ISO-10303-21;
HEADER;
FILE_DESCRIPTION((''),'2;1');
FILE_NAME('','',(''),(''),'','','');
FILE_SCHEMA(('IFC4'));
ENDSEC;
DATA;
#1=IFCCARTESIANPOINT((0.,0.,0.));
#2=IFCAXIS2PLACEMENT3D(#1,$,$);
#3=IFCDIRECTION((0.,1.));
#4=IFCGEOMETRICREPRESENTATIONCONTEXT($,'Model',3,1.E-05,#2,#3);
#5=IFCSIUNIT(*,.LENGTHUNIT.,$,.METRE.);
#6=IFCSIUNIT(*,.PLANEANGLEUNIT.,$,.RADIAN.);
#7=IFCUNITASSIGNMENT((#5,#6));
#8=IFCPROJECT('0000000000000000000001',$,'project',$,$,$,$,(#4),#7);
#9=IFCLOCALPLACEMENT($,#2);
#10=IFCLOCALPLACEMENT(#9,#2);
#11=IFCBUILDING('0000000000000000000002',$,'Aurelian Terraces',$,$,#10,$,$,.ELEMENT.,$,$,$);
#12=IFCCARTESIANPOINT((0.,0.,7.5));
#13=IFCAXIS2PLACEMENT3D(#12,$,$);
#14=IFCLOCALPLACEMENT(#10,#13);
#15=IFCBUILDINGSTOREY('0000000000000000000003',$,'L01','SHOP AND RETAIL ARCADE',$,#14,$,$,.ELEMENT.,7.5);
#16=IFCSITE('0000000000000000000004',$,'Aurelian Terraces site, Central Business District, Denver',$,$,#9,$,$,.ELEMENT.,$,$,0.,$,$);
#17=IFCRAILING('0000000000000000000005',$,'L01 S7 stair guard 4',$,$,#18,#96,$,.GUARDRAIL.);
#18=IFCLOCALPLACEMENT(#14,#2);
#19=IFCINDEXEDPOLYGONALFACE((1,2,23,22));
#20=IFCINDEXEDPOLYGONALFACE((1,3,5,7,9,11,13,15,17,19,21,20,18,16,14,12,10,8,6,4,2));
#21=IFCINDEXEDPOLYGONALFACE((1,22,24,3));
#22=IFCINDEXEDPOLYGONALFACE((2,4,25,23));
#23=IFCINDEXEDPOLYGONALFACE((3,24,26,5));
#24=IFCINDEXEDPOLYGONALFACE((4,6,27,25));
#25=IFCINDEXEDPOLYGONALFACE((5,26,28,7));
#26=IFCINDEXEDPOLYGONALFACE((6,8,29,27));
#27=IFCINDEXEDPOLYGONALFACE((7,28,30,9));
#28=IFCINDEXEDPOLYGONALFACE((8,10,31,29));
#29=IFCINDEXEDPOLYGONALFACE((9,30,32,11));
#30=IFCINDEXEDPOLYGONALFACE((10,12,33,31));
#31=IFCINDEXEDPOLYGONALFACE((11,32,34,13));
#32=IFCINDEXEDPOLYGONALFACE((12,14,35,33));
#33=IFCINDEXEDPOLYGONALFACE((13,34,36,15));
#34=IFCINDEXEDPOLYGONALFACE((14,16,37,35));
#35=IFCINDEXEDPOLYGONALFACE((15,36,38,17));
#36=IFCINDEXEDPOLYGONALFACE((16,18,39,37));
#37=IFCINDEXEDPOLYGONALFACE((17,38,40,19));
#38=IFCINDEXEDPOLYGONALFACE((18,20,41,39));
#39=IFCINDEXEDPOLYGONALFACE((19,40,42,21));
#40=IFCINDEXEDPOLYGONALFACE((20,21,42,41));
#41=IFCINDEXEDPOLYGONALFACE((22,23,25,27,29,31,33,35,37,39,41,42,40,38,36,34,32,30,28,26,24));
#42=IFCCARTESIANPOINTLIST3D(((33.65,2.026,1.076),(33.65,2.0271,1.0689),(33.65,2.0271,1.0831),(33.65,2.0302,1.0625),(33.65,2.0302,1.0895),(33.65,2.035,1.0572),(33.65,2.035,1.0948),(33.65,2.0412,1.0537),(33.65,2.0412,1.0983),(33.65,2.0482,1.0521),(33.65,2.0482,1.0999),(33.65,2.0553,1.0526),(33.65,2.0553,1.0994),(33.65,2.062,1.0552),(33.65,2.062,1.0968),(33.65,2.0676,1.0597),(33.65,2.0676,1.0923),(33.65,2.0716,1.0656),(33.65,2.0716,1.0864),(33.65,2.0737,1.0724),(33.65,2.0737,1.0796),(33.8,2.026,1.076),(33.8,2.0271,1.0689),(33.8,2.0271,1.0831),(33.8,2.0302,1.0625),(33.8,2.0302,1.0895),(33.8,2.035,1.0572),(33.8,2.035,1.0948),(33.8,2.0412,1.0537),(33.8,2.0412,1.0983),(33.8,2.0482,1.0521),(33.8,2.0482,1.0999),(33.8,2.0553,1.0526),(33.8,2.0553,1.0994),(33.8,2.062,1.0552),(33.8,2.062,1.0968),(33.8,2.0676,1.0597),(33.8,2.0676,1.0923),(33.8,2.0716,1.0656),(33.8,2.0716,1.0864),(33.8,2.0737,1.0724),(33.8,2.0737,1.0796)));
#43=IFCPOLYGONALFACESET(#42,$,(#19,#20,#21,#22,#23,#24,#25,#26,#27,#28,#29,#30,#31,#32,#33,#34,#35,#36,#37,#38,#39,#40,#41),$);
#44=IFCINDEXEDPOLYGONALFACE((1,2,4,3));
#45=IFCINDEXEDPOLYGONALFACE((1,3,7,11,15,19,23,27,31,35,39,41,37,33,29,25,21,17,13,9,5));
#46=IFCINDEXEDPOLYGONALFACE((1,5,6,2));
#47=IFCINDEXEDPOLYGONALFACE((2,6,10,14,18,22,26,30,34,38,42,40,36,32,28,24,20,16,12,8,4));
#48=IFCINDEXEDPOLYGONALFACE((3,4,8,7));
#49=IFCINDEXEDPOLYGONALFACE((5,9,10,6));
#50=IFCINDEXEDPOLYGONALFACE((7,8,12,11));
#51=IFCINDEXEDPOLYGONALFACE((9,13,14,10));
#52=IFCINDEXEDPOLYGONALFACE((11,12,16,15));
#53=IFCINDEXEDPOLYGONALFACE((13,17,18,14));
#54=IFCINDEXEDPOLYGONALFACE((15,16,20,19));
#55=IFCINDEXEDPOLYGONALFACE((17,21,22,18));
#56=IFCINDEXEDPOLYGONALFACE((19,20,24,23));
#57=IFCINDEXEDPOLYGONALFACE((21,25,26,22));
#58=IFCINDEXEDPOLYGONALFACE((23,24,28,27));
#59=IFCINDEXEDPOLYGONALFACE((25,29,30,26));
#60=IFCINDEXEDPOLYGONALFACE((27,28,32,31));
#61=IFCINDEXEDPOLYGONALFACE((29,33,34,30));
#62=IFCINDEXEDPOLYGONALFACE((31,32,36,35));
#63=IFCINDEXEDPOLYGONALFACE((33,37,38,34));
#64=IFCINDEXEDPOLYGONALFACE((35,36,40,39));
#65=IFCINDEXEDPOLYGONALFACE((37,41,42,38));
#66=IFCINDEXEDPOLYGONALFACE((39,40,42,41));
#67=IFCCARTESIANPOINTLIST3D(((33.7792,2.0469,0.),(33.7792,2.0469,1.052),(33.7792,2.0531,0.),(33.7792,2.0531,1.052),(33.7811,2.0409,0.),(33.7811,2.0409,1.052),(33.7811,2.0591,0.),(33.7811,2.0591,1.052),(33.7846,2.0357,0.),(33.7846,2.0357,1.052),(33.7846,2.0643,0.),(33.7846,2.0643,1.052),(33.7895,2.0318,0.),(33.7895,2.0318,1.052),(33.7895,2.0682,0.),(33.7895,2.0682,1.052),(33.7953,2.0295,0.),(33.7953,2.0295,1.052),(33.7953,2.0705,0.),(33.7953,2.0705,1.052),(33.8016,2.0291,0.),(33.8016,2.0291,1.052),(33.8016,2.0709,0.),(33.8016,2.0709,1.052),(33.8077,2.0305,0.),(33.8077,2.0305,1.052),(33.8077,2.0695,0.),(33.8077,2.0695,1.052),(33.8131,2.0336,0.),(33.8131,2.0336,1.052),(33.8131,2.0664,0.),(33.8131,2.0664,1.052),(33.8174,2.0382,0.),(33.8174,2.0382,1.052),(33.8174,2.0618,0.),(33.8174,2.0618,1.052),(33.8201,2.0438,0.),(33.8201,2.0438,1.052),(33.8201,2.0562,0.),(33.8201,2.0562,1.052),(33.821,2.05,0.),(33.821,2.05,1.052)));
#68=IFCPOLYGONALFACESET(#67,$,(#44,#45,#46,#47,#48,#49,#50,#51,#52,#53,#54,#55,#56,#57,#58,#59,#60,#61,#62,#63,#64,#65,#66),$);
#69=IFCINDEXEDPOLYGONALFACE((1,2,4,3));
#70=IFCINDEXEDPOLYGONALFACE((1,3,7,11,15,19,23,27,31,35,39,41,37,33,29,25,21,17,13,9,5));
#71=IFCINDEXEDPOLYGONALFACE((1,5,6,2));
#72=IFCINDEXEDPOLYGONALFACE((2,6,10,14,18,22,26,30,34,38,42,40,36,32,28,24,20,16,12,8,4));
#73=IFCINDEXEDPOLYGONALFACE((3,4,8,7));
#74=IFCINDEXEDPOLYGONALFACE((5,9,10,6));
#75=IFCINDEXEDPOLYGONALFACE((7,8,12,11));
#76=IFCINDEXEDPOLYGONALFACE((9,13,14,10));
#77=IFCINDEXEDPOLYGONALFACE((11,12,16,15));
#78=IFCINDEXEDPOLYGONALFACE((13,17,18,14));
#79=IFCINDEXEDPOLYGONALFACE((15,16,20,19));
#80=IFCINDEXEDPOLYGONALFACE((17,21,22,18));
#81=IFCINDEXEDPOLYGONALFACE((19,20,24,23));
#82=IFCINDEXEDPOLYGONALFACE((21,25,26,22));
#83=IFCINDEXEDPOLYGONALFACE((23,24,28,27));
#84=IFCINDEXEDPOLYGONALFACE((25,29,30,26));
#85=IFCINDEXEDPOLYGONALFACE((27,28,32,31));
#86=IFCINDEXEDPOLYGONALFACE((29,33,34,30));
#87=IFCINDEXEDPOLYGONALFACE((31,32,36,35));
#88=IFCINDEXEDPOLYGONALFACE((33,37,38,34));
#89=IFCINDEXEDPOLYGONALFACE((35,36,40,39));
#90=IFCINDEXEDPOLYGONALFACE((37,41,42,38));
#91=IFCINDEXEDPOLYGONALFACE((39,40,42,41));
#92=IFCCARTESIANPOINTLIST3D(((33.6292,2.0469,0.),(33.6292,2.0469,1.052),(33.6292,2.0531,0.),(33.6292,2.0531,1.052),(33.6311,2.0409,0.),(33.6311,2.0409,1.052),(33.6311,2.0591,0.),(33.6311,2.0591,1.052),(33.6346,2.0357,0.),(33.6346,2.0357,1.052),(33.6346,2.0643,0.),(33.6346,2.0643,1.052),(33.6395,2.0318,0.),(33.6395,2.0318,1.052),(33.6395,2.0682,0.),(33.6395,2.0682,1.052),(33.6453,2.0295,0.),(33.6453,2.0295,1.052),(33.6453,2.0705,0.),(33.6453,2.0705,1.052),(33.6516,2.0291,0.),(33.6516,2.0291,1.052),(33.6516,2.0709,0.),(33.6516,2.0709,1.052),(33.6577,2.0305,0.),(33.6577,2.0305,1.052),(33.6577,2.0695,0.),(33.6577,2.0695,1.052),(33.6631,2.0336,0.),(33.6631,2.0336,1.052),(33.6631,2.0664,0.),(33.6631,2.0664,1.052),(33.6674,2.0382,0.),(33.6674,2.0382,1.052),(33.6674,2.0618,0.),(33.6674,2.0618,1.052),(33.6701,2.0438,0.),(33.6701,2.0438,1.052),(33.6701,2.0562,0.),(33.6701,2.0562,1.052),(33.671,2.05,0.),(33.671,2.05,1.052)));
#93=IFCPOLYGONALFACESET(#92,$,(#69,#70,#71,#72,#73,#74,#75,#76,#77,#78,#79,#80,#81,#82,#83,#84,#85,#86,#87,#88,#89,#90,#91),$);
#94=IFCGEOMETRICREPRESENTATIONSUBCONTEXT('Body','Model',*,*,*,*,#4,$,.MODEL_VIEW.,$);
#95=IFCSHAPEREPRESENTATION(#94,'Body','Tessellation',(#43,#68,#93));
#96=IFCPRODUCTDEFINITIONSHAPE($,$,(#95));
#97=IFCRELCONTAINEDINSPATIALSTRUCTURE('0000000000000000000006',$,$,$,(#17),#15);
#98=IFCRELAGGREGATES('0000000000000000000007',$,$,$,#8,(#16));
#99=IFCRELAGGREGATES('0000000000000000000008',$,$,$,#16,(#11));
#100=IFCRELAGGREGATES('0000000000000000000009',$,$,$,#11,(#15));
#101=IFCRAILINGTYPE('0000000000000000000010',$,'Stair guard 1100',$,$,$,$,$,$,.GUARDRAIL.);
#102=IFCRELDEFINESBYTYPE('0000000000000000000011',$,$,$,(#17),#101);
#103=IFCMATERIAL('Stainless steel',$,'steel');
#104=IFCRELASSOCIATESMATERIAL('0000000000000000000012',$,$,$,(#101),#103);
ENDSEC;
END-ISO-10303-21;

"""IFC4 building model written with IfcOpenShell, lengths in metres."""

from ifc_helpers import new_model, si_unit, direction, frame, origin, origin_2d, place, context, subcontext, project, spatial, circle, extrude, source, transform, mapped, material, type_object, element, save


model = new_model("IFC4")

# Units and contexts
model_context = context("Model", 3, precision=1e-05, world=origin(), true_north=direction((0.0, 1.0)))
body_context = subcontext(model_context, "Body", "Model", "MODEL_VIEW")
ifc_project = project(units=[si_unit("LENGTHUNIT", "METRE"), si_unit("PLANEANGLEUNIT", "RADIAN")], contexts=[model_context])

# Site, building, storey
site_placement = place(None, origin())
site = spatial("IfcSite", under=ifc_project, at=site_placement, Name="Aurelian Terraces site, Central Business District, Denver", CompositionType="ELEMENT", RefElevation=0.0)
building_placement = place(site_placement, origin())
building = spatial("IfcBuilding", under=site, at=building_placement, Name="Aurelian Terraces", CompositionType="ELEMENT")
storey_placement = place(building_placement, frame((0.0, 0.0, 7.5)))
storey = spatial("IfcBuildingStorey", under=building, at=storey_placement, Name="L01", Description="SHOP AND RETAIL ARCADE", CompositionType="ELEMENT", Elevation=7.5)

# Railing
ifc_material_1 = material(Name="Stainless steel", Category="steel")
railing_type = type_object("IfcRailingType", Name="Stair guard 1100", PredefinedType="GUARDRAIL", material=ifc_material_1)
shared_shape_1 = source(origin(), body_context, "Body", "SweptSolid", [
    extrude(circle(Radius=0.024, at=origin_2d()), frame((0.0, 0.0, 1.076), z_axis=(-1.0, 0.0, 0.0), x_axis=(0.0, -1.0, 0.0)), (0.0, 0.0, 1.0), 0.15),
    extrude(circle(Radius=0.021, at=origin_2d()), origin(), (0.0, 0.0, 1.0), 1.052),
    extrude(circle(Radius=0.021, at=origin_2d()), frame((-0.15, 0.0, 0.0)), (0.0, 0.0, 1.0), 1.052),
])
for number, where, name in (
    (1, (33.8, 2.05, 0.0), "L01 S7 stair guard 4"),
):
    element("IfcRailing", number, at=place(storey_placement, frame(where)), inside=storey, type_object=railing_type, Name=name, PredefinedType="GUARDRAIL", context=body_context, shape_type="MappedRepresentation", body=[
        mapped(shared_shape_1, transform((0.0, 0.0, 0.0), scale=1.0)),
    ])

save(model, "model.ifc")
